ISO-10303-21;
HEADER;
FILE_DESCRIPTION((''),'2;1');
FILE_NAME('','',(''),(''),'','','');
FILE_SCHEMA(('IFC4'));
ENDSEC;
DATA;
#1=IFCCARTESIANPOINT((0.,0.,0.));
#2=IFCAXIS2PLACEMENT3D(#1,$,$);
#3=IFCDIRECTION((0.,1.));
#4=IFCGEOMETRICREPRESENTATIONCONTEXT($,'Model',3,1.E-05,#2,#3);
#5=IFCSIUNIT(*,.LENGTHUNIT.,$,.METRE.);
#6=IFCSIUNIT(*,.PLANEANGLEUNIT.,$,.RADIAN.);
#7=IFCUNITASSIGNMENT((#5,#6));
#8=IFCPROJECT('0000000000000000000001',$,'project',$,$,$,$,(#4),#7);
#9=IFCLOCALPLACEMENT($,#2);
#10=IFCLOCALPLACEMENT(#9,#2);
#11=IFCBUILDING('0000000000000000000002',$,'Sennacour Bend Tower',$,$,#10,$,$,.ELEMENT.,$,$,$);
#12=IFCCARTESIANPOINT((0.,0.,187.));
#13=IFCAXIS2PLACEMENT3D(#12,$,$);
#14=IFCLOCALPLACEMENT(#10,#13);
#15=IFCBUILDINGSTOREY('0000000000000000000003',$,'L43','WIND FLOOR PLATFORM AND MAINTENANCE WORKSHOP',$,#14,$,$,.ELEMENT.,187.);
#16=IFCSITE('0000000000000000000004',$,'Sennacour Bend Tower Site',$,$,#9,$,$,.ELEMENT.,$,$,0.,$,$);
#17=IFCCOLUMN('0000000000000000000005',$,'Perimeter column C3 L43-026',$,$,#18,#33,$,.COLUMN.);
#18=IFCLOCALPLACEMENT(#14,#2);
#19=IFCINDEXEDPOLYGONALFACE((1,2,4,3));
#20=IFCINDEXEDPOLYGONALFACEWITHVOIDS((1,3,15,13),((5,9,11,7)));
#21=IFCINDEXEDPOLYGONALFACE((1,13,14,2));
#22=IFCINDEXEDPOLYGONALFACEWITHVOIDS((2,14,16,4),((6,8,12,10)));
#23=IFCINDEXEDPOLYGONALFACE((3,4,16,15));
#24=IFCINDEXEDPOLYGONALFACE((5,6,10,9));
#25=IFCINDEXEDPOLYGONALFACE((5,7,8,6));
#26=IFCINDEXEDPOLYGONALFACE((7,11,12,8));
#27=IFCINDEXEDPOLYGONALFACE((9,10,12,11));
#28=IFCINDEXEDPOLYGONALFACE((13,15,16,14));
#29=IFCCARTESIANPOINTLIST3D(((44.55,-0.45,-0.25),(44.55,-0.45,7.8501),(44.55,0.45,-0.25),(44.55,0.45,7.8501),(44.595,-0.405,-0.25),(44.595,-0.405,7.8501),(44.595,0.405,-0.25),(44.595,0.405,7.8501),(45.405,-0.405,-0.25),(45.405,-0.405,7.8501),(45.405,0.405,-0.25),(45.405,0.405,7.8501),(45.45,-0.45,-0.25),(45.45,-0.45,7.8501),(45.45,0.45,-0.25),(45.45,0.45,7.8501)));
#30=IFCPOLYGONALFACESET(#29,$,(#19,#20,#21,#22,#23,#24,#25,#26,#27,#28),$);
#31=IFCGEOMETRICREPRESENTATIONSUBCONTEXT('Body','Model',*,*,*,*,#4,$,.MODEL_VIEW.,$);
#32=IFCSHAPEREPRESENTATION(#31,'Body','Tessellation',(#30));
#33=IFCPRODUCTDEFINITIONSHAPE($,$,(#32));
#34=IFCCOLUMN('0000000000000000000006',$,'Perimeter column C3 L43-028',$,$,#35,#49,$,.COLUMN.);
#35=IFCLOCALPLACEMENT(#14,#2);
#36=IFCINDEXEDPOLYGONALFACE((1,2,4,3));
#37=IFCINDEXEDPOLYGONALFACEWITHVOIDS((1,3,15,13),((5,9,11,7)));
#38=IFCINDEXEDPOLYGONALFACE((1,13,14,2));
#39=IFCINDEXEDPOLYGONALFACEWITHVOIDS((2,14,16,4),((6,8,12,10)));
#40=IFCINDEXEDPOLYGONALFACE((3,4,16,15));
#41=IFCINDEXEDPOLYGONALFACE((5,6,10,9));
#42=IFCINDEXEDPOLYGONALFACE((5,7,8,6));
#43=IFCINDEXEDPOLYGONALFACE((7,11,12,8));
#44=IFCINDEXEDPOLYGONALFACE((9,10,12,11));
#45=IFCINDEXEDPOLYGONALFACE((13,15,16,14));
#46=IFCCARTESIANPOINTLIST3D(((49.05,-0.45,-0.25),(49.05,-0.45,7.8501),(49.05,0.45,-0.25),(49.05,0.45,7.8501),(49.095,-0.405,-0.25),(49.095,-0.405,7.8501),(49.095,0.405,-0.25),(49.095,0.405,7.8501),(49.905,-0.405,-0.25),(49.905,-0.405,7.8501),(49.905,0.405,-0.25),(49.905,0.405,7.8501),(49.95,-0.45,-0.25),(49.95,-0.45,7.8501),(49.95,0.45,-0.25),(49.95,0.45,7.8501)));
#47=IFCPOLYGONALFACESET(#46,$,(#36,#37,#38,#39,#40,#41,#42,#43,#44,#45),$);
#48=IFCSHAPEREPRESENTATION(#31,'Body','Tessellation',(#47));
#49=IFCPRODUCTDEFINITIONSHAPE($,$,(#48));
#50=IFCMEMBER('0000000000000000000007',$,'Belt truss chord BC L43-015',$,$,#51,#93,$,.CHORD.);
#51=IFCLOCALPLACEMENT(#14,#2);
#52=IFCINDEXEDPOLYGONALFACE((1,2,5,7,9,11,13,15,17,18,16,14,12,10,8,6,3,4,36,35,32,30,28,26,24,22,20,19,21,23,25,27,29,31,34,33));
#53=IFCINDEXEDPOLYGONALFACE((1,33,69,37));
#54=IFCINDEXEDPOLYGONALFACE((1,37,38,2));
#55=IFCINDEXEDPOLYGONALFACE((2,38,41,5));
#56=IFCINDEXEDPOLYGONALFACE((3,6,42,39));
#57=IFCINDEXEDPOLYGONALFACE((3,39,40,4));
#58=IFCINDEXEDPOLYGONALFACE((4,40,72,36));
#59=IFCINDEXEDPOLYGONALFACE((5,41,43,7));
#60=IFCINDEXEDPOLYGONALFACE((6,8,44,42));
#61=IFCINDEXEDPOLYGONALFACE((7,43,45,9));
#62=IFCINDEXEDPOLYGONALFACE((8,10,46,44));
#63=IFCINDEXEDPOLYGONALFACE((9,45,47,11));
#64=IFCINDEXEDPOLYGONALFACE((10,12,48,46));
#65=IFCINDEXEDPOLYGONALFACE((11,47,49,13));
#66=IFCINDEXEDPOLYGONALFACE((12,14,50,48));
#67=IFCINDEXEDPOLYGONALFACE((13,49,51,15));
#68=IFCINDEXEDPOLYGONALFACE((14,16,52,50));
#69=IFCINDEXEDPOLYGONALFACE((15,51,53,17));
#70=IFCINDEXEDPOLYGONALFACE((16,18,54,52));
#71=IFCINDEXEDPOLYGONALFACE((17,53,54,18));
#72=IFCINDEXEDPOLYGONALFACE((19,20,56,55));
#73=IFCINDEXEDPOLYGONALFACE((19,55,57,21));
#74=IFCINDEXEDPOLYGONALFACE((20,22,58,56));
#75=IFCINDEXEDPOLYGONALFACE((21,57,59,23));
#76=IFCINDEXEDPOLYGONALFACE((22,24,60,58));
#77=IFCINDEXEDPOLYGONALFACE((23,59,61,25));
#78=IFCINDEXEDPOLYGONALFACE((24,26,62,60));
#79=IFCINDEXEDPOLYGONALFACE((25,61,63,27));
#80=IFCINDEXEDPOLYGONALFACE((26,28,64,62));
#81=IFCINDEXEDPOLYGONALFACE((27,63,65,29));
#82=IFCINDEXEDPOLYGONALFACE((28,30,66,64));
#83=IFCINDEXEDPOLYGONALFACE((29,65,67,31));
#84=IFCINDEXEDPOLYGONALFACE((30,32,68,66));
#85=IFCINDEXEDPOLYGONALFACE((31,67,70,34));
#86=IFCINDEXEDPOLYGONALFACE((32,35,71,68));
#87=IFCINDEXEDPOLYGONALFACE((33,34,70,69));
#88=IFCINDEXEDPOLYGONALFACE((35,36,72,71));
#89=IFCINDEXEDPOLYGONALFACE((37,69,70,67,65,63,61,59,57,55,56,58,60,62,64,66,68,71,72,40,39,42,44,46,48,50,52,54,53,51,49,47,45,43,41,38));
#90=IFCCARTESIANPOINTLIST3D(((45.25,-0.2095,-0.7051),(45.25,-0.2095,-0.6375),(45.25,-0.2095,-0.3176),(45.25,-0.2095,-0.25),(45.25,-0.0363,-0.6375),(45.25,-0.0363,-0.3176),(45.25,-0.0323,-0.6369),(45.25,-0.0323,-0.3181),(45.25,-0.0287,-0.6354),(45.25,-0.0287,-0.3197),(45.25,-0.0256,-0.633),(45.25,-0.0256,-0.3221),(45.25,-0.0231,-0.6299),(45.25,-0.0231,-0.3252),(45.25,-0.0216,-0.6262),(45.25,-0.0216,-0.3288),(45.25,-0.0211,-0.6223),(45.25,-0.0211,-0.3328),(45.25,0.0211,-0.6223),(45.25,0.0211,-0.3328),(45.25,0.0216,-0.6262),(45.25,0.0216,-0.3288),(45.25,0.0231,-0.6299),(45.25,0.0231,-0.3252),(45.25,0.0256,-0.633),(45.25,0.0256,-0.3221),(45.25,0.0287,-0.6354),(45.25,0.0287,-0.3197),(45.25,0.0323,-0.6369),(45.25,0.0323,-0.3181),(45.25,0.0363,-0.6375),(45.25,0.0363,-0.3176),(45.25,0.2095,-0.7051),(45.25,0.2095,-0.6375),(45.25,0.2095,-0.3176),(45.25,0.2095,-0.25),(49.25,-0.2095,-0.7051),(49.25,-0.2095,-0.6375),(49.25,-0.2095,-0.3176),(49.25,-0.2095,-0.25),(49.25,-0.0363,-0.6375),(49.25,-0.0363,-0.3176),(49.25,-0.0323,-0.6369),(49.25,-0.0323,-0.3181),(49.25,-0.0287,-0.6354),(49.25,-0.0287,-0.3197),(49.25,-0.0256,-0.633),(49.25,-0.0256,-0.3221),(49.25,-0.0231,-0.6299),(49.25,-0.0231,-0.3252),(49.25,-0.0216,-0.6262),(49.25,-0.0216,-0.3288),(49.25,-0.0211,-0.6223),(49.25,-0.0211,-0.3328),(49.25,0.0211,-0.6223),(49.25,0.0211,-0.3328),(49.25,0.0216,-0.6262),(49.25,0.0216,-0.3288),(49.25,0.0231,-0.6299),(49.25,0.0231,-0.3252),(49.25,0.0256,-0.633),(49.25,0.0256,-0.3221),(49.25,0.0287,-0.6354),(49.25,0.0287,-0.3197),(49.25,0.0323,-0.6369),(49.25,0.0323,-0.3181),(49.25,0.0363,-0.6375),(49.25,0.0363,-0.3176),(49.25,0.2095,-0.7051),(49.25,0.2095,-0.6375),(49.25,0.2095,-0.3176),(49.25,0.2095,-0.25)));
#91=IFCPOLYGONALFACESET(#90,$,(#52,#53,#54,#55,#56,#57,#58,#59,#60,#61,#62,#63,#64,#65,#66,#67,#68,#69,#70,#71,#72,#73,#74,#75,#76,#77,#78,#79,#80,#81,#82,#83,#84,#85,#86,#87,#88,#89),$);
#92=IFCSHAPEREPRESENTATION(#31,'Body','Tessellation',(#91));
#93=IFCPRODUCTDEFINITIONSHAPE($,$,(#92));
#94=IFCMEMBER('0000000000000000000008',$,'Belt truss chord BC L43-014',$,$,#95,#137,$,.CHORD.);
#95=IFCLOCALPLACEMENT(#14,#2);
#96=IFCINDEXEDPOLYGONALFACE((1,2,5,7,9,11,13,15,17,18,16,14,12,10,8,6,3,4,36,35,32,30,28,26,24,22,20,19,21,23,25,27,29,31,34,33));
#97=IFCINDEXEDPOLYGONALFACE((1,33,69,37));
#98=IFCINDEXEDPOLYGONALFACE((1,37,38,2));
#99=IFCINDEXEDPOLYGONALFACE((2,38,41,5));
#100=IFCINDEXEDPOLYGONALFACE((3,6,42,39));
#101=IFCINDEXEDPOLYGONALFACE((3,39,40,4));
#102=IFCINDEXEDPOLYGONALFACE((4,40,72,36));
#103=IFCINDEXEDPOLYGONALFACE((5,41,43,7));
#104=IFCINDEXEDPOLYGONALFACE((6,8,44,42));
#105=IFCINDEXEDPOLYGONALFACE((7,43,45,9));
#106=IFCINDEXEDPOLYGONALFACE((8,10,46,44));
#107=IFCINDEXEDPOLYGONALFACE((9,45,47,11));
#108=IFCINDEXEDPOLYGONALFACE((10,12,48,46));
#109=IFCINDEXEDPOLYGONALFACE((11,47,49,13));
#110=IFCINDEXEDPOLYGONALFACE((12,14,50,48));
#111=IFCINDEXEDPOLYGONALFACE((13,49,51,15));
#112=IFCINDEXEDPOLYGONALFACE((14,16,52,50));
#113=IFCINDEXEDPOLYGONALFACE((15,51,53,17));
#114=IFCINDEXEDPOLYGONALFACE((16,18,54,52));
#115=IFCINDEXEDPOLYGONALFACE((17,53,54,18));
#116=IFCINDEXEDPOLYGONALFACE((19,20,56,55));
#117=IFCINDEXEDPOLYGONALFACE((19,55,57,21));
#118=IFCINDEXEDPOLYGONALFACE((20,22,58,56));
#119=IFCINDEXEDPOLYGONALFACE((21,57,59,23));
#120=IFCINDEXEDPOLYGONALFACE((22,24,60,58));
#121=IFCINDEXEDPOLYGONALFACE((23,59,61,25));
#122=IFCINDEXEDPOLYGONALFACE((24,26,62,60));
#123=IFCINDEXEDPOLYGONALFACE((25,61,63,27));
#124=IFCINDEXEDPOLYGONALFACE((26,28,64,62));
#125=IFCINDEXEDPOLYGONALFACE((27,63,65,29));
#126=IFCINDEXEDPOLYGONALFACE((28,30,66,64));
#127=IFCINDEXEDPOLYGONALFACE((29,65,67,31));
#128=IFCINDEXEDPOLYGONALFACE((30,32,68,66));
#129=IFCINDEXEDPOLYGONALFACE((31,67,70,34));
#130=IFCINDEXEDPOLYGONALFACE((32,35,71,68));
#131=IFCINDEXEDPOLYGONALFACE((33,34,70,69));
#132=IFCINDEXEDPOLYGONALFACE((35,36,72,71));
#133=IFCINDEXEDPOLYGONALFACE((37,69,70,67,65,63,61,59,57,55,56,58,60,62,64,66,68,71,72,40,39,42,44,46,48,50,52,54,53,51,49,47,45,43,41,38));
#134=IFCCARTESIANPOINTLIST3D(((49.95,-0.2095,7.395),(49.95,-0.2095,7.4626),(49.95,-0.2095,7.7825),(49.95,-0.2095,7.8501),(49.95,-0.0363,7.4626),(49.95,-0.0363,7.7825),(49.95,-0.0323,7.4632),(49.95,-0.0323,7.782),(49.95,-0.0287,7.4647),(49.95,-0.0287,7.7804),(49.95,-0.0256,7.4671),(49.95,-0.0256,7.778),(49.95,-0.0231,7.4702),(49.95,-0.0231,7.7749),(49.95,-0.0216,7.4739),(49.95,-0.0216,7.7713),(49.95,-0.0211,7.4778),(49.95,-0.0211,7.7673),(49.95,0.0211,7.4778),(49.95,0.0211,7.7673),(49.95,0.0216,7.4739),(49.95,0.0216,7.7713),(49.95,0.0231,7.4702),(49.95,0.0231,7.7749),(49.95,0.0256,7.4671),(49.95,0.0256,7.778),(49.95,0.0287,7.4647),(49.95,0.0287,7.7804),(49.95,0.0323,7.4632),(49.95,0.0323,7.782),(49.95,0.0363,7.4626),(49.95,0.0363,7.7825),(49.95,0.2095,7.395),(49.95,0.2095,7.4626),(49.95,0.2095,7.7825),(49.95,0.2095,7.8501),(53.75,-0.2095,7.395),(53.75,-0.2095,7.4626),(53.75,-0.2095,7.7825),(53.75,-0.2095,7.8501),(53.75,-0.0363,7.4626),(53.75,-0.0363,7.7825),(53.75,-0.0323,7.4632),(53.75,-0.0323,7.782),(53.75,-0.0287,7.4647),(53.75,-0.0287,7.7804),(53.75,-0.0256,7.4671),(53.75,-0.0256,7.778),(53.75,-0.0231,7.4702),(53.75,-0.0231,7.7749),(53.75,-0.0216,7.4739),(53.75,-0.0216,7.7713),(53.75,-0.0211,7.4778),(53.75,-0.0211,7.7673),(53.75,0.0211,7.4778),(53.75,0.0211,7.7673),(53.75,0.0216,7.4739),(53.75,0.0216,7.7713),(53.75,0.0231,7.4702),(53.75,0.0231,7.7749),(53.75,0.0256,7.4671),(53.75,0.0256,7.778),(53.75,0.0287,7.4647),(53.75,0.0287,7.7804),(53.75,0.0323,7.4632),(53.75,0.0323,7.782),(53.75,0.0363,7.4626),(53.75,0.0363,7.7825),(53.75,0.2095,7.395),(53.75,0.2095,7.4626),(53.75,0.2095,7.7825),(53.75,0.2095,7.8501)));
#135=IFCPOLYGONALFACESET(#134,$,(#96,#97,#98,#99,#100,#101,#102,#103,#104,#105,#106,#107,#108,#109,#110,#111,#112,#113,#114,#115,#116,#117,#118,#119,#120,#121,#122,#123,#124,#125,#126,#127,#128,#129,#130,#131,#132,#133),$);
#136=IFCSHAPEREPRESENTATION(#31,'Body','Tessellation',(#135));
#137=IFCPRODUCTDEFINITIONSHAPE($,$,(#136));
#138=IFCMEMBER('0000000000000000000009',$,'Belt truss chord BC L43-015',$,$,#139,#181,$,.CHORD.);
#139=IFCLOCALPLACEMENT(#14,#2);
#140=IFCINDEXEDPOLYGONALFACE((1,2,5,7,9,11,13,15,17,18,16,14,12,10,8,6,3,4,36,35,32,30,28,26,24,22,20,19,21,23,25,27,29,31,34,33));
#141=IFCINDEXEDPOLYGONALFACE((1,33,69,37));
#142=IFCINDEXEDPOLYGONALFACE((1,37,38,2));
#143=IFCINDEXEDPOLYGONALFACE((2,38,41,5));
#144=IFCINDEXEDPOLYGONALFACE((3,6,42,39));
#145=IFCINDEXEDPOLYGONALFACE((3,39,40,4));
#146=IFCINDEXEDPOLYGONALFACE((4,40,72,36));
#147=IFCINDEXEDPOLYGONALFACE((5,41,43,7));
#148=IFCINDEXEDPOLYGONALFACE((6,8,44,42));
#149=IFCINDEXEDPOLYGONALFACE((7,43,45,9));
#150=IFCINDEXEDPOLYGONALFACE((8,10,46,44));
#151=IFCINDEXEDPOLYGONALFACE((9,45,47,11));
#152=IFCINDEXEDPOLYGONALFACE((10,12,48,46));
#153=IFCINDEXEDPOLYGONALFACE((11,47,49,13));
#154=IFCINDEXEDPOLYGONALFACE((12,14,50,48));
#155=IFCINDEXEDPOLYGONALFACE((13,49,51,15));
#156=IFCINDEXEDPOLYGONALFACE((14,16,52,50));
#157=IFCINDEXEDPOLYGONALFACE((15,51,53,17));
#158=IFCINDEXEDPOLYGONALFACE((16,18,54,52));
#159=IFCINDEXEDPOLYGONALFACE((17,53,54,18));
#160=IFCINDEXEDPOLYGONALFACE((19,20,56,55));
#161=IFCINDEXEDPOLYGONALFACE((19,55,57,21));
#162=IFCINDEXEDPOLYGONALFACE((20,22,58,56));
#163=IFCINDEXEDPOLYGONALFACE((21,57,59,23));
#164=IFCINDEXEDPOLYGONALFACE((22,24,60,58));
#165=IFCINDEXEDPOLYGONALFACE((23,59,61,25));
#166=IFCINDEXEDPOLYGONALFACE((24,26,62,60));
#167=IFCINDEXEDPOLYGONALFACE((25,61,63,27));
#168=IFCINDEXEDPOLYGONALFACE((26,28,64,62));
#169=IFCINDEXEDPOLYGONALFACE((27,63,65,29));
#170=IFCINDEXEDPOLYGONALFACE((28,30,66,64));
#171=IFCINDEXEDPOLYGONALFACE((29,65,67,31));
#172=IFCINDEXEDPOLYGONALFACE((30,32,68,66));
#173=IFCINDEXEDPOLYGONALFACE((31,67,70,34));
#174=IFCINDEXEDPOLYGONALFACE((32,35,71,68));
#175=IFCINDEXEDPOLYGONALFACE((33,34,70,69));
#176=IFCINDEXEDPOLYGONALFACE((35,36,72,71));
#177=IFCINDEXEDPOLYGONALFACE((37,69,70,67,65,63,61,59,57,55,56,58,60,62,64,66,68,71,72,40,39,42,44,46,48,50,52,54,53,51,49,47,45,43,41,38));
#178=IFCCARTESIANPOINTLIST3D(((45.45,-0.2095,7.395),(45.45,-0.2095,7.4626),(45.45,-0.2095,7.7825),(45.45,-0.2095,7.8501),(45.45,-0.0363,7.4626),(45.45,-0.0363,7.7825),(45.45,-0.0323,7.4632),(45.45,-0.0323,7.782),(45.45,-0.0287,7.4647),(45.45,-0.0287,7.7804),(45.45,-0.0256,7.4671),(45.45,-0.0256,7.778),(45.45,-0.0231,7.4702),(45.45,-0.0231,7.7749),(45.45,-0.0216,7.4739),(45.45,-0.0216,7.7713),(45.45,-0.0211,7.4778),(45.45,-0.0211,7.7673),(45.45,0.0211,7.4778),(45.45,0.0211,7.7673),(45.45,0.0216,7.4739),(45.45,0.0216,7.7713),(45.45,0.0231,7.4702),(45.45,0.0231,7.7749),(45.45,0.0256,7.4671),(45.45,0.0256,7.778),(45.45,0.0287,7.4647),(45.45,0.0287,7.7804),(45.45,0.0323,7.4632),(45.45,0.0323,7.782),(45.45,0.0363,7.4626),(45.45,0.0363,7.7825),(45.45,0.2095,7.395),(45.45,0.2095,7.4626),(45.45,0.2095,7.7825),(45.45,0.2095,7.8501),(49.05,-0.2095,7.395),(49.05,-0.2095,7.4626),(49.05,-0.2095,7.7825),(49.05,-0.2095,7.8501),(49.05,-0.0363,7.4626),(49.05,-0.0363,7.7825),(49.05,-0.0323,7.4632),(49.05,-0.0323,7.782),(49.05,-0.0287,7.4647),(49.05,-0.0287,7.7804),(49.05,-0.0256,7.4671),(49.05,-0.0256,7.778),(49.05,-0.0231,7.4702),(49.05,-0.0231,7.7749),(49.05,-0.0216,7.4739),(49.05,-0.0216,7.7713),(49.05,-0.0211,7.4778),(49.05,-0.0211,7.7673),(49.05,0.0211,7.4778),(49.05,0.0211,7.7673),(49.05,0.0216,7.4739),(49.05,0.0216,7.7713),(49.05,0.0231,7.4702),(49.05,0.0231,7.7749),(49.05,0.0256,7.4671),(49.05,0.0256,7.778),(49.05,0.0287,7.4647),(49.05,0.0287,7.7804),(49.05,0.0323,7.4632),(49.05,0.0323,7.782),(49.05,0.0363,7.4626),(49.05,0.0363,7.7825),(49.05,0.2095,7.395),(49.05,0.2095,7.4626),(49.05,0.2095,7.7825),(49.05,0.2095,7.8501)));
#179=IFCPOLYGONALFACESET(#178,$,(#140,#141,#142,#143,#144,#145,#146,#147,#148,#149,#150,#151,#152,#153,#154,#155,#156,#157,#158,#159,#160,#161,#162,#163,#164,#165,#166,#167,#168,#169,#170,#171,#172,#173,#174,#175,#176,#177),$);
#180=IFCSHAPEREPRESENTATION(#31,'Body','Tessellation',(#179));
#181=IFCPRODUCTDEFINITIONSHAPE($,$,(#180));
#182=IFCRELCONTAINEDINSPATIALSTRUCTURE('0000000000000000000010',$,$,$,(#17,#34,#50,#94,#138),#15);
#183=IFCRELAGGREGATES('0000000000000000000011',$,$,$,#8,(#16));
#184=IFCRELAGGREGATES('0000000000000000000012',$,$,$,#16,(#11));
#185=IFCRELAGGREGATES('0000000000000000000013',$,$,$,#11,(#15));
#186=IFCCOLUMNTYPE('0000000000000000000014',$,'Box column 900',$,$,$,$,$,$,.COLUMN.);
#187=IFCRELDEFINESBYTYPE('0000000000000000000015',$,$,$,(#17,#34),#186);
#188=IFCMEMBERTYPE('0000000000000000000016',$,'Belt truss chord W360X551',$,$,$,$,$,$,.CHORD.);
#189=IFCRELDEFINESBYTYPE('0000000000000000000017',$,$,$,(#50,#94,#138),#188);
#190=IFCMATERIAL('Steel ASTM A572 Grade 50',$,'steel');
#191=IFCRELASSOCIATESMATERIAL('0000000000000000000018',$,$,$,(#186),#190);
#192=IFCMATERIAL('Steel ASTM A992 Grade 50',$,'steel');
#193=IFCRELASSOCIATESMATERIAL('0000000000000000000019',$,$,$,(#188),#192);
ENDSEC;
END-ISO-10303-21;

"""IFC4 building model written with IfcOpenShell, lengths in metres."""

from ifc_helpers import new_model, si_unit, direction, frame, origin, origin_2d, place, context, subcontext, project, spatial, hollow_rectangle, i_section, extrude, material, material_profile, profile_set, type_object, element, save


model = new_model("IFC4")

# Units and contexts
model_context = context("Model", 3, precision=1e-05, world=origin(), true_north=direction((0.0, 1.0)))
body_context = subcontext(model_context, "Body", "Model", "MODEL_VIEW")
ifc_project = project(units=[si_unit("LENGTHUNIT", "METRE"), si_unit("PLANEANGLEUNIT", "RADIAN")], contexts=[model_context])

# Site, building, storey
site_placement = place(None, origin())
site = spatial("IfcSite", under=ifc_project, at=site_placement, Name="Sennacour Bend Tower Site", CompositionType="ELEMENT", RefElevation=0.0)
building_placement = place(site_placement, origin())
building = spatial("IfcBuilding", under=site, at=building_placement, Name="Sennacour Bend Tower", CompositionType="ELEMENT")
storey_placement = place(building_placement, frame((0.0, 0.0, 187.0)))
storey = spatial("IfcBuildingStorey", under=building, at=storey_placement, Name="L43", Description="WIND FLOOR PLATFORM AND MAINTENANCE WORKSHOP", CompositionType="ELEMENT", Elevation=187.0)

# Columns
ifc_material_1 = material(Name="Steel ASTM A572 Grade 50", Category="steel")
ifc_material_profile_1 = material_profile(ifc_material_1, hollow_rectangle(XDim=0.8999, YDim=0.8999, WallThickness=0.0449, at=origin_2d()), Name="Steel ASTM A572 Grade 50", Category="steel")
ifc_profile_set_1 = profile_set([ifc_material_profile_1], Name="Steel ASTM A572 Grade 50")
column_type = type_object("IfcColumnType", Name="Box column 900", PredefinedType="COLUMN", material=ifc_profile_set_1)
for number, where, z_axis, x_axis, name in (
    (1, (45.0, 0.0, -0.25), (0.0, 0.0, 1.0), (1.0, 0.0, 0.0), "Perimeter column C3 L43-026"),
    (2, (49.5, 0.0, -0.25), (0.0, 0.0, 1.0), (1.0, 0.0, 0.0), "Perimeter column C3 L43-028"),
):
    element("IfcColumn", number, at=place(storey_placement, frame(where, z_axis=z_axis, x_axis=x_axis)), inside=storey, type_object=column_type, Name=name, PredefinedType="COLUMN", context=body_context, shape_type="SweptSolid", body=[
        extrude(hollow_rectangle(XDim=0.8999, YDim=0.8999, WallThickness=0.0449, at=origin_2d()), origin(), (0.0, 0.0, 1.0), 8.1001),
    ])

# Members
ifc_material_2 = material(Name="Steel ASTM A992 Grade 50", Category="steel")
ifc_material_profile_2 = material_profile(ifc_material_2, i_section(OverallWidth=0.4189, OverallDepth=0.4551, WebThickness=0.0422, FlangeThickness=0.0676, FilletRadius=0.0151, at=origin_2d()), Name="Steel ASTM A992 Grade 50", Category="steel")
ifc_profile_set_2 = profile_set([ifc_material_profile_2], Name="Steel ASTM A992 Grade 50")
member_type_1 = type_object("IfcMemberType", Name="Belt truss chord W360X551", PredefinedType="CHORD", material=ifc_profile_set_2)
member_1_placement = place(storey_placement, frame((49.25, 0.0, -0.4775), z_axis=(-1.0, 0.0, 0.0), x_axis=(0.0, -1.0, 0.0)))
element("IfcMember", 3, at=member_1_placement, inside=storey, type_object=member_type_1, Name="Belt truss chord BC L43-015", PredefinedType="CHORD", context=body_context, shape_type="SweptSolid", body=[
    extrude(i_section(OverallWidth=0.4189, OverallDepth=0.4551, WebThickness=0.0422, FlangeThickness=0.0676, FilletRadius=0.0151, at=origin_2d()), origin(), (0.0, 0.0, 1.0), 4.0),
])
member_2_placement = place(storey_placement, frame((53.75, 0.0, 7.6226), z_axis=(-1.0, 0.0, 0.0), x_axis=(0.0, -1.0, 0.0)))
element("IfcMember", 4, at=member_2_placement, inside=storey, type_object=member_type_1, Name="Belt truss chord BC L43-014", PredefinedType="CHORD", context=body_context, shape_type="SweptSolid", body=[
    extrude(i_section(OverallWidth=0.4189, OverallDepth=0.4551, WebThickness=0.0422, FlangeThickness=0.0676, FilletRadius=0.0151, at=origin_2d()), origin(), (0.0, 0.0, 1.0), 3.8),
])
member_3_placement = place(storey_placement, frame((49.05, 0.0, 7.6226), z_axis=(-1.0, 0.0, 0.0), x_axis=(0.0, -1.0, 0.0)))
element("IfcMember", 5, at=member_3_placement, inside=storey, type_object=member_type_1, Name="Belt truss chord BC L43-015", PredefinedType="CHORD", context=body_context, shape_type="SweptSolid", body=[
    extrude(i_section(OverallWidth=0.4189, OverallDepth=0.4551, WebThickness=0.0422, FlangeThickness=0.0676, FilletRadius=0.0151, at=origin_2d()), origin(), (0.0, 0.0, 1.0), 3.6001),
])

save(model, "model.ifc")
